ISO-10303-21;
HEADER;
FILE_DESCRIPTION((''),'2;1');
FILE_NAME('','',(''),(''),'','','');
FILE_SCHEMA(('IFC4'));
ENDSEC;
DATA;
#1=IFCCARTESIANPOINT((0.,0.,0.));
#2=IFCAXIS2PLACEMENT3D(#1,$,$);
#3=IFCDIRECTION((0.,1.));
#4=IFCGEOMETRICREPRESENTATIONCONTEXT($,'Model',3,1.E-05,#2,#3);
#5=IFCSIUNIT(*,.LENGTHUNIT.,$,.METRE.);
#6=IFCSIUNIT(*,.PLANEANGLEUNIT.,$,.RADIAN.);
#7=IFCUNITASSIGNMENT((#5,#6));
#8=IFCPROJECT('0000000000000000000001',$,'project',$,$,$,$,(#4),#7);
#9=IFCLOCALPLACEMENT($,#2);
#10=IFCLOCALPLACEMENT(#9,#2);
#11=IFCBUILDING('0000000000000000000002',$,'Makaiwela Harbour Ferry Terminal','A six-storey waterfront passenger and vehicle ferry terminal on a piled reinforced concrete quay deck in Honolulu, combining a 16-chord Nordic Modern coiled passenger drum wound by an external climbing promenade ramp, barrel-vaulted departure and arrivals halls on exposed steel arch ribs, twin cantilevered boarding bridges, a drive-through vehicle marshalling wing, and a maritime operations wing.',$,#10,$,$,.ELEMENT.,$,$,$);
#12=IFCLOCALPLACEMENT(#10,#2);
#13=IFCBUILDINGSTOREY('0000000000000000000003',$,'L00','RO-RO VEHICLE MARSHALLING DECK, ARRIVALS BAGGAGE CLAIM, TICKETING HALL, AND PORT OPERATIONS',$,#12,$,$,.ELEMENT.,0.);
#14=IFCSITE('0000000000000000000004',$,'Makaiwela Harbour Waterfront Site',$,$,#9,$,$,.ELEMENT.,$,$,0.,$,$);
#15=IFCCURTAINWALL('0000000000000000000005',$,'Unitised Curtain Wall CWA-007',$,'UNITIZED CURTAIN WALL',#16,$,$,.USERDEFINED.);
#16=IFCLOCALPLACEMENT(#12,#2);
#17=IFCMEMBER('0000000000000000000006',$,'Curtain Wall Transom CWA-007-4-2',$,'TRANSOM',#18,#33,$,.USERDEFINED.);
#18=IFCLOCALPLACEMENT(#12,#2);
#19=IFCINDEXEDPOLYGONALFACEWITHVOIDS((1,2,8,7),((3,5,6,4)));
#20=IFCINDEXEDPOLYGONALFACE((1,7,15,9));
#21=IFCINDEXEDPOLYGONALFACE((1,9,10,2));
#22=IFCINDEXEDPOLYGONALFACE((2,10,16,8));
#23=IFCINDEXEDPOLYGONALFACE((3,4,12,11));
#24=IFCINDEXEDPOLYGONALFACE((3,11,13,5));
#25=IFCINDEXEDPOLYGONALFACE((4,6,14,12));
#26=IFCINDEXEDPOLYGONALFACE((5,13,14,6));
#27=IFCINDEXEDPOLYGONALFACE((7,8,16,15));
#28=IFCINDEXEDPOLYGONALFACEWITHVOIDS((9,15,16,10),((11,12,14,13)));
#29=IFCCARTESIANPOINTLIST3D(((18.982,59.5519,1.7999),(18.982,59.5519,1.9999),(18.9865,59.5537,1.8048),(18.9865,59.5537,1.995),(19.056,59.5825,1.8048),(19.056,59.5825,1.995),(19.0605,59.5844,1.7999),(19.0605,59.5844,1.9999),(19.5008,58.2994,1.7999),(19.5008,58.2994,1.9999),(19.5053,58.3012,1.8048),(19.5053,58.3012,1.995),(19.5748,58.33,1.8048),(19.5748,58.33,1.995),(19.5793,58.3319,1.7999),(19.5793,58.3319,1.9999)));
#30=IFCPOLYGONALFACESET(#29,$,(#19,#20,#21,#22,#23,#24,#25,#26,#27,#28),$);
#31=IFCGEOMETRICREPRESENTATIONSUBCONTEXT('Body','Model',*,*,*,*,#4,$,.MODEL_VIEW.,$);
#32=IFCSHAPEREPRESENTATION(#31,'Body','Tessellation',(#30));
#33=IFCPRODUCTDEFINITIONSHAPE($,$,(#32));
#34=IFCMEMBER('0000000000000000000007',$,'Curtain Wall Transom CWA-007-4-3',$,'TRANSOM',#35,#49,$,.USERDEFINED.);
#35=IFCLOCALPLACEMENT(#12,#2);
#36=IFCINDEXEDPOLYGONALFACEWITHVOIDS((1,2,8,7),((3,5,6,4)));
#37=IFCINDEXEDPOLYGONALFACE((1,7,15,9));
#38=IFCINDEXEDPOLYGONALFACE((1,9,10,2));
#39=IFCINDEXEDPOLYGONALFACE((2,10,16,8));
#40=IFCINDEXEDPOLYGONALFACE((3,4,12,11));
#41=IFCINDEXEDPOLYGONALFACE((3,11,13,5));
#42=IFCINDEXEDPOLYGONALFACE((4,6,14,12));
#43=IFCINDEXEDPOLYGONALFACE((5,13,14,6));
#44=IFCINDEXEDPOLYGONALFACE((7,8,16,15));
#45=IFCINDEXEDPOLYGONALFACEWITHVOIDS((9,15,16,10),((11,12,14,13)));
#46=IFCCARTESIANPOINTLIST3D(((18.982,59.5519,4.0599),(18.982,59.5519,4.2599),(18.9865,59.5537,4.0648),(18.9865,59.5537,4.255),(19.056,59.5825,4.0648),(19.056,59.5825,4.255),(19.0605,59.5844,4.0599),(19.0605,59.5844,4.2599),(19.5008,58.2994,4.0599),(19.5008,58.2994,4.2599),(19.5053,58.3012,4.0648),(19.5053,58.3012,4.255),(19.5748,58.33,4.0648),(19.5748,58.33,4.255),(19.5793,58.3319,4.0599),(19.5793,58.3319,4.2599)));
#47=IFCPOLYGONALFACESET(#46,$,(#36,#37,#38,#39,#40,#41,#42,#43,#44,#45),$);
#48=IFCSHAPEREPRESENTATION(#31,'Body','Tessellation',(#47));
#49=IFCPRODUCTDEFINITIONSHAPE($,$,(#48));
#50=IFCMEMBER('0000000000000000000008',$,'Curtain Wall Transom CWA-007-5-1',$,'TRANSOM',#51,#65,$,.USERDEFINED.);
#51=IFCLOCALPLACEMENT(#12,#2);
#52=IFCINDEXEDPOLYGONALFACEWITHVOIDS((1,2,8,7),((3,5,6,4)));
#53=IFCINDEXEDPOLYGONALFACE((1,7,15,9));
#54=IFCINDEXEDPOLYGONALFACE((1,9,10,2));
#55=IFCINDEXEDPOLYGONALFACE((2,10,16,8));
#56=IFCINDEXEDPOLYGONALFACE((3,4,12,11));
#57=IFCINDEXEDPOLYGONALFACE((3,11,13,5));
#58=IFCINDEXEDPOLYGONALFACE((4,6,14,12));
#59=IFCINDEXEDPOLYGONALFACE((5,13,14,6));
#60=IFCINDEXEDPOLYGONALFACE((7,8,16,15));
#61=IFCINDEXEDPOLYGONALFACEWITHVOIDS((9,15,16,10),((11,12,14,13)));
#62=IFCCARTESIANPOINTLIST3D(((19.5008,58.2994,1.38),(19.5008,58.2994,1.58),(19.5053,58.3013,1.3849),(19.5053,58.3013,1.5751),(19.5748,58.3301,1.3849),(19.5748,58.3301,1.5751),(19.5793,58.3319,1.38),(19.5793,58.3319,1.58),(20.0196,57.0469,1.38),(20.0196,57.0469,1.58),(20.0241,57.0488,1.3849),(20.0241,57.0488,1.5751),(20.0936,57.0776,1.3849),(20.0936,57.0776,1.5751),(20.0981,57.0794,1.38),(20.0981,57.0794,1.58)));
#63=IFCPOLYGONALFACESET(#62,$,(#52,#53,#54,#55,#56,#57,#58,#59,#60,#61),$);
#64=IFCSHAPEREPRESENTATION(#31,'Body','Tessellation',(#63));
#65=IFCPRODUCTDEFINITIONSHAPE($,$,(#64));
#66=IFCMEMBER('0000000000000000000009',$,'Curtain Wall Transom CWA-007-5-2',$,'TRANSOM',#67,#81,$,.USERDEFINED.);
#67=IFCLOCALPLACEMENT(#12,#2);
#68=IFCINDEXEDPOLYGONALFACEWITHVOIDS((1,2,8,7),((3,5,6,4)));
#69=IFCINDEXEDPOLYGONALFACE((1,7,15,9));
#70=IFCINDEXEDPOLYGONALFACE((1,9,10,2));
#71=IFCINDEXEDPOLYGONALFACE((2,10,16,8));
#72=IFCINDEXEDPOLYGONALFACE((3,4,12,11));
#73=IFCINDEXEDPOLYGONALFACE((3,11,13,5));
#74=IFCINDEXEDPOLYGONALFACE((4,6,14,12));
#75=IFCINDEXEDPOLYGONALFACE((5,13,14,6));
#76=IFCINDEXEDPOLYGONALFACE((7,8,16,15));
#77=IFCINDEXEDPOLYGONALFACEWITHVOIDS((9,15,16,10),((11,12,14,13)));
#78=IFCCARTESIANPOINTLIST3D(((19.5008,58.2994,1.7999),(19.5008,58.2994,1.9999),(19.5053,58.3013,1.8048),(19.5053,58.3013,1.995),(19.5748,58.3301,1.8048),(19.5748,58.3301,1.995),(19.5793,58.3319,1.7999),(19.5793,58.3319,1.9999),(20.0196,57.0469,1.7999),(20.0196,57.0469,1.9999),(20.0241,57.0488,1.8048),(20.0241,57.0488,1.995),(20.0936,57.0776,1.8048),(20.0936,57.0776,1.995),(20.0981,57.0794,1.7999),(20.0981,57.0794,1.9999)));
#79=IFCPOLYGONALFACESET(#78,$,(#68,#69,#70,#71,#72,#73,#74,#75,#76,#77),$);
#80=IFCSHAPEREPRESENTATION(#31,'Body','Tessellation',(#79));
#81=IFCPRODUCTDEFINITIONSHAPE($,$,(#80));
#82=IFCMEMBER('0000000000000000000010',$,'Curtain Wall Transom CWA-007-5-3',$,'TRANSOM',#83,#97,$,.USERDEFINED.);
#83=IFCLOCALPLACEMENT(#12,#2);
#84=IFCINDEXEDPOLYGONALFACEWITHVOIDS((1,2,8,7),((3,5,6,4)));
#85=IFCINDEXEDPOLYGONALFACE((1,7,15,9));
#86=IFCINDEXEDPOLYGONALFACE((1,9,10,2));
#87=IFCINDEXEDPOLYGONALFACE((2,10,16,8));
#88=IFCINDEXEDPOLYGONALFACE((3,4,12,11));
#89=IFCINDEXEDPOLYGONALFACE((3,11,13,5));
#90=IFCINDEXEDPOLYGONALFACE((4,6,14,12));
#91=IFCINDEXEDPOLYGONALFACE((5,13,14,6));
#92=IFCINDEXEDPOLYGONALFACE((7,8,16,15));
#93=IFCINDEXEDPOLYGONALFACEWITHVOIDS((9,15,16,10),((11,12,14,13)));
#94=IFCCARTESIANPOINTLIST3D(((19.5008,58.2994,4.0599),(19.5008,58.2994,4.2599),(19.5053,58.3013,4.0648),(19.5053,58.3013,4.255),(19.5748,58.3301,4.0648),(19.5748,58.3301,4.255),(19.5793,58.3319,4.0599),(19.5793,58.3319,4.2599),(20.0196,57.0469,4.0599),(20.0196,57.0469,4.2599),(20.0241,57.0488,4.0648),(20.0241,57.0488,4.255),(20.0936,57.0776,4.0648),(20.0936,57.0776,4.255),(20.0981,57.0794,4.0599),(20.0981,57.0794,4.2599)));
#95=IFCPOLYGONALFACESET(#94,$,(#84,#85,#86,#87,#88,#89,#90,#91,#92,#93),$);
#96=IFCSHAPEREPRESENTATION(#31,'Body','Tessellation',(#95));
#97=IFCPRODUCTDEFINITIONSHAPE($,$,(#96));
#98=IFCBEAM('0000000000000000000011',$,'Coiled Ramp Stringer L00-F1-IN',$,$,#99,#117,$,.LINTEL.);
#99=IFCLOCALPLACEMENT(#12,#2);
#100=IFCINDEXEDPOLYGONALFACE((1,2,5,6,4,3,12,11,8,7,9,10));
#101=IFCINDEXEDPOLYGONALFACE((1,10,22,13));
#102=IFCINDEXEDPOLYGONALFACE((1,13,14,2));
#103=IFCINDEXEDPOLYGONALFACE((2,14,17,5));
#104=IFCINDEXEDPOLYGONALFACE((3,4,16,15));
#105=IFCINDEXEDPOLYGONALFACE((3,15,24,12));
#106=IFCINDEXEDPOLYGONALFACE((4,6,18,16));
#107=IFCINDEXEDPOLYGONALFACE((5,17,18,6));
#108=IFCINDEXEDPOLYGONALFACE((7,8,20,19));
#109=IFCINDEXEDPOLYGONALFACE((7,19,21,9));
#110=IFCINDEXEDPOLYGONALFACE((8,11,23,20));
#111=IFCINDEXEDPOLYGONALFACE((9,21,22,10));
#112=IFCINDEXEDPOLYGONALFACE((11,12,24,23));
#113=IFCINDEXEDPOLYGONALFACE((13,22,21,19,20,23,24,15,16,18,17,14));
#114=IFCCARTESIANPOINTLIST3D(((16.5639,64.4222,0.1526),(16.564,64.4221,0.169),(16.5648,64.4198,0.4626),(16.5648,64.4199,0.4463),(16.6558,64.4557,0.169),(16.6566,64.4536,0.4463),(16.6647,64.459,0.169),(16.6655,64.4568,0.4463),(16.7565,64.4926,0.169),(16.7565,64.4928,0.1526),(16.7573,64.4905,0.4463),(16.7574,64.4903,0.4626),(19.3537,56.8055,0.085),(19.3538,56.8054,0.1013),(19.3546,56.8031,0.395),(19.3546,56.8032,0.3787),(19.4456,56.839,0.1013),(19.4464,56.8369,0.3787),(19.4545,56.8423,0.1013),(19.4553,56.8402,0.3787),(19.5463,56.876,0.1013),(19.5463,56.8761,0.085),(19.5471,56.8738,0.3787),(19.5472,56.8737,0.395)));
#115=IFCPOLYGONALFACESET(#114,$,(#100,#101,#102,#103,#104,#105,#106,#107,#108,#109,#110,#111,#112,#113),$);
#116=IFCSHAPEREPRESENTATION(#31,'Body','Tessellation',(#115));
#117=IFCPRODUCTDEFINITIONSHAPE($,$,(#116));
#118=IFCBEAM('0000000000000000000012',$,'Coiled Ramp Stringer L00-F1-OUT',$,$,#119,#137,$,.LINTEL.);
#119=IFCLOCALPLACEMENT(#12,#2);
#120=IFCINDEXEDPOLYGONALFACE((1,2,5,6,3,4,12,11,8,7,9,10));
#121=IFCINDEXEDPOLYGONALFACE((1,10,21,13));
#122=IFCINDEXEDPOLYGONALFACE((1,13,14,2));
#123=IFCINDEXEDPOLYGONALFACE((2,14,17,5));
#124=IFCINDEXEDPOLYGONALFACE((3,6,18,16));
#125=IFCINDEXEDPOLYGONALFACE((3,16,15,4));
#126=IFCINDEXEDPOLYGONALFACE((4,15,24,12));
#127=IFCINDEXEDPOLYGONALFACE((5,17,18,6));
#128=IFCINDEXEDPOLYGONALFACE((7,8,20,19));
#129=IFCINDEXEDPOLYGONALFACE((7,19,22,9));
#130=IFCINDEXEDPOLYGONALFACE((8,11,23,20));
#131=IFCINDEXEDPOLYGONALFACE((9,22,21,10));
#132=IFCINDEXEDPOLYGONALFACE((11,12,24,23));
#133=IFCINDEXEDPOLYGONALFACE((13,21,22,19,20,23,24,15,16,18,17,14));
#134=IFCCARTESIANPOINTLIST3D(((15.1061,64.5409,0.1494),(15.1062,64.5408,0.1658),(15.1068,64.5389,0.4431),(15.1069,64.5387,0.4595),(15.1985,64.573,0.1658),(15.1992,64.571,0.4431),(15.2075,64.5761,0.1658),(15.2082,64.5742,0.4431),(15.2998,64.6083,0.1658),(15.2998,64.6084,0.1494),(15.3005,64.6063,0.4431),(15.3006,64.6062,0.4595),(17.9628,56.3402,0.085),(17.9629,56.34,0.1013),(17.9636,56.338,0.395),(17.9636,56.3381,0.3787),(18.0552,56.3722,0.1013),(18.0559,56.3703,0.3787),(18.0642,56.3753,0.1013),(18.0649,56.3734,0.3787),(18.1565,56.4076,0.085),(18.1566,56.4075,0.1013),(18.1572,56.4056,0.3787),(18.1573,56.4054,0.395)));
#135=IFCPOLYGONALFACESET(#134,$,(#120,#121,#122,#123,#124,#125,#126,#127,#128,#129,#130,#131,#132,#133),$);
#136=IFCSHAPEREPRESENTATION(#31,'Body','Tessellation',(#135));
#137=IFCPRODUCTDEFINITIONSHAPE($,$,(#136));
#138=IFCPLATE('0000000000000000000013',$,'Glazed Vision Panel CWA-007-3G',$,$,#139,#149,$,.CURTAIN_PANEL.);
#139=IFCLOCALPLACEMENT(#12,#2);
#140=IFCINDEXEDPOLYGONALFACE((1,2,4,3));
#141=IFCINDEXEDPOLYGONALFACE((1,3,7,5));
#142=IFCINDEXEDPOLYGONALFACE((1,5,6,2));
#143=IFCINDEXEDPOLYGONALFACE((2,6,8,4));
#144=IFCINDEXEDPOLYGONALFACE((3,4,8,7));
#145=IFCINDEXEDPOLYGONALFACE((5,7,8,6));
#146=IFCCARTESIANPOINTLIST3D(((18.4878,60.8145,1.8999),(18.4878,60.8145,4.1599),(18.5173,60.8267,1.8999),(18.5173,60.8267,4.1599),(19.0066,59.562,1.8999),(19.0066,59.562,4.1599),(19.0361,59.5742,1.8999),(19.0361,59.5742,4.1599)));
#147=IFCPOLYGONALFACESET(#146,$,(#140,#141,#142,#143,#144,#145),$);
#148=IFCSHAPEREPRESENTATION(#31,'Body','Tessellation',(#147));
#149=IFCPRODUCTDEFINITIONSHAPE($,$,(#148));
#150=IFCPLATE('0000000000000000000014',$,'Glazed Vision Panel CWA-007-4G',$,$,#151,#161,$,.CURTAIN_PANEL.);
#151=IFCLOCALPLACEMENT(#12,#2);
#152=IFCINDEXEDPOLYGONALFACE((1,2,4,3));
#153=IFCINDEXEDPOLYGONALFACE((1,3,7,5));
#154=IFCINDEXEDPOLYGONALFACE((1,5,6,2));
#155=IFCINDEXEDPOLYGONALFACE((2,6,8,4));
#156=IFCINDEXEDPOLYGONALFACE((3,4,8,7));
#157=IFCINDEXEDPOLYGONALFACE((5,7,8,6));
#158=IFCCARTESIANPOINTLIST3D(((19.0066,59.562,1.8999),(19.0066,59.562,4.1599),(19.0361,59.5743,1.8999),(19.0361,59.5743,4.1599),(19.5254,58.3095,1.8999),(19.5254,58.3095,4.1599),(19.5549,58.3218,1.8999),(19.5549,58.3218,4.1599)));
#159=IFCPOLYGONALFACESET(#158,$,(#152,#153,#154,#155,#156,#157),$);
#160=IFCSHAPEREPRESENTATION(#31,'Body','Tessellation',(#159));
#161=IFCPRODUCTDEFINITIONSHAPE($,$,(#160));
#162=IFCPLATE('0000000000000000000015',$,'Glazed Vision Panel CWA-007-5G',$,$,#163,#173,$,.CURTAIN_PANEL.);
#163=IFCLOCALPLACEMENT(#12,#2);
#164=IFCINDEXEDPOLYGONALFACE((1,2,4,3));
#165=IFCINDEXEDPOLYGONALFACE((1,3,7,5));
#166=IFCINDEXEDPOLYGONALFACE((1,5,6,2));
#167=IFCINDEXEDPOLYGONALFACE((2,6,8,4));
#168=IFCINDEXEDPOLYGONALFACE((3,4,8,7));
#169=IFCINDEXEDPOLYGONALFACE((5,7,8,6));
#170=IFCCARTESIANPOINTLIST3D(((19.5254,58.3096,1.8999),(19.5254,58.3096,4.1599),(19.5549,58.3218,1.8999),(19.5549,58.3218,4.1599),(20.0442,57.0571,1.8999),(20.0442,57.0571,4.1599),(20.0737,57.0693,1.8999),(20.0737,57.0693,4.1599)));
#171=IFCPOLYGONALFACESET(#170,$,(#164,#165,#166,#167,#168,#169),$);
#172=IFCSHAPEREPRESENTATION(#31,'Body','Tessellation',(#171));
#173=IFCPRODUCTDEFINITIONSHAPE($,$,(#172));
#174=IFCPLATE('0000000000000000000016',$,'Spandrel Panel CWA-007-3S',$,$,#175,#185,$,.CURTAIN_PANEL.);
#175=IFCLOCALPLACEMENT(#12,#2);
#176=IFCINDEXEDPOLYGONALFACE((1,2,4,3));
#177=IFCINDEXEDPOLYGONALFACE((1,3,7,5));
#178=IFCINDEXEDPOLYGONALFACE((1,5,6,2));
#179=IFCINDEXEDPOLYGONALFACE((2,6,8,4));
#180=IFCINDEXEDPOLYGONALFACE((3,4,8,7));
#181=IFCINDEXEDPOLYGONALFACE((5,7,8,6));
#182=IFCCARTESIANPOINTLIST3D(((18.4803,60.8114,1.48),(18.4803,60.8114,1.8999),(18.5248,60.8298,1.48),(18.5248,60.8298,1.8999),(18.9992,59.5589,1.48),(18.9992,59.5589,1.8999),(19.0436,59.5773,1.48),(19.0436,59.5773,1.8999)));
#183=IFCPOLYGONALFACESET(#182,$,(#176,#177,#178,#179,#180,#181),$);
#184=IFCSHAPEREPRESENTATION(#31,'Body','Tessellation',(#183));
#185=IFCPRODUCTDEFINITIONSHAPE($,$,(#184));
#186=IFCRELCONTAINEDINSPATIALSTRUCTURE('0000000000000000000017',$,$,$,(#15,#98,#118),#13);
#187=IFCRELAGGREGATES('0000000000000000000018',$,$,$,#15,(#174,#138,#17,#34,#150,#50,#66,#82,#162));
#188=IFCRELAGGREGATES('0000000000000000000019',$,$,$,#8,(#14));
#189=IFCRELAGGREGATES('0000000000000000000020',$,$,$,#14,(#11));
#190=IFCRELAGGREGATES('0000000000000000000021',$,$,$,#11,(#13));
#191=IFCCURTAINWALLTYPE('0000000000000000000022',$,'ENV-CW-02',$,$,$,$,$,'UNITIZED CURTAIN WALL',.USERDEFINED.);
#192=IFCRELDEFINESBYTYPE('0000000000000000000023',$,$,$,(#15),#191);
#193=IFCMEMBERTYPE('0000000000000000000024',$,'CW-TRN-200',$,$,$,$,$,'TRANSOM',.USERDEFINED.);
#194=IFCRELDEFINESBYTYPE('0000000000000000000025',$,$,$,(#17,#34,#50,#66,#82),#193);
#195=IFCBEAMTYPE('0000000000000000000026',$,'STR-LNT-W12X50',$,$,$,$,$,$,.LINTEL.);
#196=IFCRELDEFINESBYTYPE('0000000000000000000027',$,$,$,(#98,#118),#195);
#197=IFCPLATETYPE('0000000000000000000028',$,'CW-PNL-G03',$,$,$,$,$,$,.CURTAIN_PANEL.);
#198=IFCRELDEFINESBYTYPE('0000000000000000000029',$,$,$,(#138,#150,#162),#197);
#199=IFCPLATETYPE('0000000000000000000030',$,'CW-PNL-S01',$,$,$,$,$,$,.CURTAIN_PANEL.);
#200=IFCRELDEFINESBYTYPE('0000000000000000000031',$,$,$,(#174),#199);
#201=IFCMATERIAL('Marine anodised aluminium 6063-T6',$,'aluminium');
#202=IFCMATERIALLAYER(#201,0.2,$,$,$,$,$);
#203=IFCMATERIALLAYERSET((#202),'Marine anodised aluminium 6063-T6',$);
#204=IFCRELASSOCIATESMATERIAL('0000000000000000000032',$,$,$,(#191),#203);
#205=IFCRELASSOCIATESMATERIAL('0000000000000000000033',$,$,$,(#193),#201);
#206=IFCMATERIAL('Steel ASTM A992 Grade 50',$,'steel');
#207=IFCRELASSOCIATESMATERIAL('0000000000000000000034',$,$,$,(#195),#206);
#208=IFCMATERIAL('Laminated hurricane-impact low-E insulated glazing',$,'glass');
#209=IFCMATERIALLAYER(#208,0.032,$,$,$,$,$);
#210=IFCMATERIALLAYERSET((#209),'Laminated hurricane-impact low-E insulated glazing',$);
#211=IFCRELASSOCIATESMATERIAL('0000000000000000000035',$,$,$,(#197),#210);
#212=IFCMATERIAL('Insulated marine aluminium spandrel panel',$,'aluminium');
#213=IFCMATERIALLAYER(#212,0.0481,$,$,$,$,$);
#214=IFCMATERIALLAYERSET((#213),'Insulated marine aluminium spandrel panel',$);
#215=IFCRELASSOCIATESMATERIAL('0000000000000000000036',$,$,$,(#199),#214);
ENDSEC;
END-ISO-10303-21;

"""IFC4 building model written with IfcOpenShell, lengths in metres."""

from ifc_helpers import new_model, si_unit, direction, frame, origin, origin_2d, place, context, subcontext, project, spatial, rectangle, hollow_rectangle, i_section, extrude, material, layer, layer_set, material_profile, profile_set, type_object, element, aggregate, save


model = new_model("IFC4")

# Units and contexts
model_context = context("Model", 3, precision=1e-05, world=origin(), true_north=direction((0.0, 1.0)))
body_context = subcontext(model_context, "Body", "Model", "MODEL_VIEW")
ifc_project = project(units=[si_unit("LENGTHUNIT", "METRE"), si_unit("PLANEANGLEUNIT", "RADIAN")], contexts=[model_context])

# Site, building, storey
site_placement = place(None, origin())
site = spatial("IfcSite", under=ifc_project, at=site_placement, Name="Makaiwela Harbour Waterfront Site", CompositionType="ELEMENT", RefElevation=0.0)
building_placement = place(site_placement, origin())
building = spatial("IfcBuilding", under=site, at=building_placement, Name="Makaiwela Harbour Ferry Terminal", Description="A six-storey waterfront passenger and vehicle ferry terminal on a piled reinforced concrete quay deck in Honolulu, combining a 16-chord Nordic Modern coiled passenger drum wound by an external climbing promenade ramp, barrel-vaulted departure and arrivals halls on exposed steel arch ribs, twin cantilevered boarding bridges, a drive-through vehicle marshalling wing, and a maritime operations wing.", CompositionType="ELEMENT")
storey_placement = place(building_placement, origin())
storey = spatial("IfcBuildingStorey", under=building, at=storey_placement, Name="L00", Description="RO-RO VEHICLE MARSHALLING DECK, ARRIVALS BAGGAGE CLAIM, TICKETING HALL, AND PORT OPERATIONS", CompositionType="ELEMENT", Elevation=0.0)

# Curtain wall, members
ifc_material_1 = material(Name="Marine anodised aluminium 6063-T6", Category="aluminium")
ifc_layer_1 = layer(ifc_material_1, 0.2)
ifc_layer_set_1 = layer_set([ifc_layer_1], Name="Marine anodised aluminium 6063-T6")
curtain_wall_type = type_object("IfcCurtainWallType", Name="ENV-CW-02", ElementType="UNITIZED CURTAIN WALL", PredefinedType="USERDEFINED", material=ifc_layer_set_1)
curtain_wall_placement = place(storey_placement, origin())
curtain_wall = element("IfcCurtainWall", 1, at=curtain_wall_placement, inside=storey, type_object=curtain_wall_type, Name="Unitised Curtain Wall CWA-007", ObjectType="UNITIZED CURTAIN WALL", PredefinedType="USERDEFINED")
ifc_material_profile_1 = material_profile(ifc_material_1, hollow_rectangle(XDim=0.085, YDim=0.2, WallThickness=0.0049, at=origin_2d()), Name="CWT-200X85")
ifc_profile_set_1 = profile_set([ifc_material_profile_1], Name="Marine anodised aluminium 6063-T6")
member_type_1 = type_object("IfcMemberType", Name="CW-TRN-200", ElementType="TRANSOM", PredefinedType="USERDEFINED", material=ifc_profile_set_1)
member_1_placement = place(storey_placement, frame((19.0212, 59.5681, 1.8999), z_axis=(0.382696, -0.923874, 0.0), x_axis=(0.923874, 0.382696, 0.0)))
member_1 = element("IfcMember", 2, at=member_1_placement, type_object=member_type_1, Name="Curtain Wall Transom CWA-007-4-2", ObjectType="TRANSOM", PredefinedType="USERDEFINED", context=body_context, shape_type="SweptSolid", body=[
    extrude(hollow_rectangle(XDim=0.085, YDim=0.2, WallThickness=0.0049, at=origin_2d()), origin(), (0.0, 0.0, 1.0), 1.3557),
])
member_2_placement = place(storey_placement, frame((19.0212, 59.5681, 4.1599), z_axis=(0.382696, -0.923874, 0.0), x_axis=(0.923874, 0.382696, 0.0)))
member_2 = element("IfcMember", 3, at=member_2_placement, type_object=member_type_1, Name="Curtain Wall Transom CWA-007-4-3", ObjectType="TRANSOM", PredefinedType="USERDEFINED", context=body_context, shape_type="SweptSolid", body=[
    extrude(hollow_rectangle(XDim=0.085, YDim=0.2, WallThickness=0.0049, at=origin_2d()), origin(), (0.0, 0.0, 1.0), 1.3557),
])
member_3_placement = place(storey_placement, frame((19.54, 58.3157, 1.48), z_axis=(0.382696, -0.923874, 0.0), x_axis=(0.923874, 0.382696, 0.0)))
member_3 = element("IfcMember", 4, at=member_3_placement, type_object=member_type_1, Name="Curtain Wall Transom CWA-007-5-1", ObjectType="TRANSOM", PredefinedType="USERDEFINED", context=body_context, shape_type="SweptSolid", body=[
    extrude(hollow_rectangle(XDim=0.085, YDim=0.2, WallThickness=0.0049, at=origin_2d()), origin(), (0.0, 0.0, 1.0), 1.3557),
])
member_4_placement = place(storey_placement, frame((19.54, 58.3157, 1.8999), z_axis=(0.382696, -0.923874, 0.0), x_axis=(0.923874, 0.382696, 0.0)))
member_4 = element("IfcMember", 5, at=member_4_placement, type_object=member_type_1, Name="Curtain Wall Transom CWA-007-5-2", ObjectType="TRANSOM", PredefinedType="USERDEFINED", context=body_context, shape_type="SweptSolid", body=[
    extrude(hollow_rectangle(XDim=0.085, YDim=0.2, WallThickness=0.0049, at=origin_2d()), origin(), (0.0, 0.0, 1.0), 1.3557),
])
member_5_placement = place(storey_placement, frame((19.54, 58.3157, 4.1599), z_axis=(0.382696, -0.923874, 0.0), x_axis=(0.923874, 0.382696, 0.0)))
member_5 = element("IfcMember", 6, at=member_5_placement, type_object=member_type_1, Name="Curtain Wall Transom CWA-007-5-3", ObjectType="TRANSOM", PredefinedType="USERDEFINED", context=body_context, shape_type="SweptSolid", body=[
    extrude(hollow_rectangle(XDim=0.085, YDim=0.2, WallThickness=0.0049, at=origin_2d()), origin(), (0.0, 0.0, 1.0), 1.3557),
])

# Beams
ifc_material_2 = material(Name="Steel ASTM A992 Grade 50", Category="steel")
ifc_material_profile_2 = material_profile(ifc_material_2, i_section(OverallWidth=0.2051, OverallDepth=0.3101, WebThickness=0.0095, FlangeThickness=0.0164, at=origin_2d()), Name="W12X50")
ifc_profile_set_2 = profile_set([ifc_material_profile_2], Name="Steel ASTM A992 Grade 50")
beam_type = type_object("IfcBeamType", Name="STR-LNT-W12X50", PredefinedType="LINTEL", material=ifc_profile_set_2)
beam_1_placement = place(storey_placement, frame((19.4504, 56.8396, 0.24), z_axis=(-0.343917, 0.938963, 0.008337), x_axis=(-0.938996, -0.343929, 0.0)))
element("IfcBeam", 7, at=beam_1_placement, inside=storey, type_object=beam_type, Name="Coiled Ramp Stringer L00-F1-IN", PredefinedType="LINTEL", context=body_context, shape_type="SweptSolid", body=[
    extrude(i_section(OverallWidth=0.2051, OverallDepth=0.3101, WebThickness=0.0095, FlangeThickness=0.0164, at=origin_2d()), origin(), (0.0, 0.0, 1.0), 8.1118),
])
beam_2_placement = place(storey_placement, frame((18.0601, 56.3728, 0.24), z_axis=(-0.328951, 0.944318, 0.007422), x_axis=(-0.944344, -0.32896, 0.0)))
element("IfcBeam", 8, at=beam_2_placement, inside=storey, type_object=beam_type, Name="Coiled Ramp Stringer L00-F1-OUT", PredefinedType="LINTEL", context=body_context, shape_type="SweptSolid", body=[
    extrude(i_section(OverallWidth=0.2051, OverallDepth=0.3101, WebThickness=0.0095, FlangeThickness=0.0164, at=origin_2d()), origin(), (0.0, 0.0, 1.0), 8.6843),
])

# Plates
ifc_material_3 = material(Name="Laminated hurricane-impact low-E insulated glazing", Category="glass")
ifc_layer_2 = layer(ifc_material_3, 0.032)
ifc_layer_set_2 = layer_set([ifc_layer_2], Name="Laminated hurricane-impact low-E insulated glazing")
plate_type_1 = type_object("IfcPlateType", Name="CW-PNL-G03", PredefinedType="CURTAIN_PANEL", material=ifc_layer_set_2)
plate_1_placement = place(storey_placement, frame((18.762, 60.1943, 1.8999), z_axis=(0.0, 0.0, 1.0), x_axis=(0.382683, -0.92388, 0.0)))
plate_1 = element("IfcPlate", 9, at=plate_1_placement, type_object=plate_type_1, Name="Glazed Vision Panel CWA-007-3G", PredefinedType="CURTAIN_PANEL", context=body_context, shape_type="SweptSolid", body=[
    extrude(rectangle(XDim=1.3557, YDim=0.032, at=origin_2d()), origin(), (0.0, 0.0, 1.0), 2.26),
])
plate_2_placement = place(storey_placement, frame((19.2808, 58.9419, 1.8999), z_axis=(0.0, 0.0, 1.0), x_axis=(0.382683, -0.92388, 0.0)))
plate_2 = element("IfcPlate", 10, at=plate_2_placement, type_object=plate_type_1, Name="Glazed Vision Panel CWA-007-4G", PredefinedType="CURTAIN_PANEL", context=body_context, shape_type="SweptSolid", body=[
    extrude(rectangle(XDim=1.3557, YDim=0.032, at=origin_2d()), origin(), (0.0, 0.0, 1.0), 2.26),
])
plate_3_placement = place(storey_placement, frame((19.7996, 57.6895, 1.8999), z_axis=(0.0, 0.0, 1.0), x_axis=(0.382683, -0.92388, 0.0)))
plate_3 = element("IfcPlate", 11, at=plate_3_placement, type_object=plate_type_1, Name="Glazed Vision Panel CWA-007-5G", PredefinedType="CURTAIN_PANEL", context=body_context, shape_type="SweptSolid", body=[
    extrude(rectangle(XDim=1.3557, YDim=0.032, at=origin_2d()), origin(), (0.0, 0.0, 1.0), 2.26),
])
ifc_material_4 = material(Name="Insulated marine aluminium spandrel panel", Category="aluminium")
ifc_layer_3 = layer(ifc_material_4, 0.0481)
ifc_layer_set_3 = layer_set([ifc_layer_3], Name="Insulated marine aluminium spandrel panel")
plate_type_2 = type_object("IfcPlateType", Name="CW-PNL-S01", PredefinedType="CURTAIN_PANEL", material=ifc_layer_set_3)
plate_4_placement = place(storey_placement, frame((18.762, 60.1943, 1.48), z_axis=(0.0, 0.0, 1.0), x_axis=(0.382683, -0.92388, 0.0)))
plate_4 = element("IfcPlate", 12, at=plate_4_placement, type_object=plate_type_2, Name="Spandrel Panel CWA-007-3S", PredefinedType="CURTAIN_PANEL", context=body_context, shape_type="SweptSolid", body=[
    extrude(rectangle(XDim=1.3557, YDim=0.0481, at=origin_2d()), origin(), (0.0, 0.0, 1.0), 0.4199),
])
aggregate(curtain_wall, [plate_4, plate_1, member_1, member_2, plate_2, member_3, member_4, member_5, plate_3])

save(model, "model.ifc")
